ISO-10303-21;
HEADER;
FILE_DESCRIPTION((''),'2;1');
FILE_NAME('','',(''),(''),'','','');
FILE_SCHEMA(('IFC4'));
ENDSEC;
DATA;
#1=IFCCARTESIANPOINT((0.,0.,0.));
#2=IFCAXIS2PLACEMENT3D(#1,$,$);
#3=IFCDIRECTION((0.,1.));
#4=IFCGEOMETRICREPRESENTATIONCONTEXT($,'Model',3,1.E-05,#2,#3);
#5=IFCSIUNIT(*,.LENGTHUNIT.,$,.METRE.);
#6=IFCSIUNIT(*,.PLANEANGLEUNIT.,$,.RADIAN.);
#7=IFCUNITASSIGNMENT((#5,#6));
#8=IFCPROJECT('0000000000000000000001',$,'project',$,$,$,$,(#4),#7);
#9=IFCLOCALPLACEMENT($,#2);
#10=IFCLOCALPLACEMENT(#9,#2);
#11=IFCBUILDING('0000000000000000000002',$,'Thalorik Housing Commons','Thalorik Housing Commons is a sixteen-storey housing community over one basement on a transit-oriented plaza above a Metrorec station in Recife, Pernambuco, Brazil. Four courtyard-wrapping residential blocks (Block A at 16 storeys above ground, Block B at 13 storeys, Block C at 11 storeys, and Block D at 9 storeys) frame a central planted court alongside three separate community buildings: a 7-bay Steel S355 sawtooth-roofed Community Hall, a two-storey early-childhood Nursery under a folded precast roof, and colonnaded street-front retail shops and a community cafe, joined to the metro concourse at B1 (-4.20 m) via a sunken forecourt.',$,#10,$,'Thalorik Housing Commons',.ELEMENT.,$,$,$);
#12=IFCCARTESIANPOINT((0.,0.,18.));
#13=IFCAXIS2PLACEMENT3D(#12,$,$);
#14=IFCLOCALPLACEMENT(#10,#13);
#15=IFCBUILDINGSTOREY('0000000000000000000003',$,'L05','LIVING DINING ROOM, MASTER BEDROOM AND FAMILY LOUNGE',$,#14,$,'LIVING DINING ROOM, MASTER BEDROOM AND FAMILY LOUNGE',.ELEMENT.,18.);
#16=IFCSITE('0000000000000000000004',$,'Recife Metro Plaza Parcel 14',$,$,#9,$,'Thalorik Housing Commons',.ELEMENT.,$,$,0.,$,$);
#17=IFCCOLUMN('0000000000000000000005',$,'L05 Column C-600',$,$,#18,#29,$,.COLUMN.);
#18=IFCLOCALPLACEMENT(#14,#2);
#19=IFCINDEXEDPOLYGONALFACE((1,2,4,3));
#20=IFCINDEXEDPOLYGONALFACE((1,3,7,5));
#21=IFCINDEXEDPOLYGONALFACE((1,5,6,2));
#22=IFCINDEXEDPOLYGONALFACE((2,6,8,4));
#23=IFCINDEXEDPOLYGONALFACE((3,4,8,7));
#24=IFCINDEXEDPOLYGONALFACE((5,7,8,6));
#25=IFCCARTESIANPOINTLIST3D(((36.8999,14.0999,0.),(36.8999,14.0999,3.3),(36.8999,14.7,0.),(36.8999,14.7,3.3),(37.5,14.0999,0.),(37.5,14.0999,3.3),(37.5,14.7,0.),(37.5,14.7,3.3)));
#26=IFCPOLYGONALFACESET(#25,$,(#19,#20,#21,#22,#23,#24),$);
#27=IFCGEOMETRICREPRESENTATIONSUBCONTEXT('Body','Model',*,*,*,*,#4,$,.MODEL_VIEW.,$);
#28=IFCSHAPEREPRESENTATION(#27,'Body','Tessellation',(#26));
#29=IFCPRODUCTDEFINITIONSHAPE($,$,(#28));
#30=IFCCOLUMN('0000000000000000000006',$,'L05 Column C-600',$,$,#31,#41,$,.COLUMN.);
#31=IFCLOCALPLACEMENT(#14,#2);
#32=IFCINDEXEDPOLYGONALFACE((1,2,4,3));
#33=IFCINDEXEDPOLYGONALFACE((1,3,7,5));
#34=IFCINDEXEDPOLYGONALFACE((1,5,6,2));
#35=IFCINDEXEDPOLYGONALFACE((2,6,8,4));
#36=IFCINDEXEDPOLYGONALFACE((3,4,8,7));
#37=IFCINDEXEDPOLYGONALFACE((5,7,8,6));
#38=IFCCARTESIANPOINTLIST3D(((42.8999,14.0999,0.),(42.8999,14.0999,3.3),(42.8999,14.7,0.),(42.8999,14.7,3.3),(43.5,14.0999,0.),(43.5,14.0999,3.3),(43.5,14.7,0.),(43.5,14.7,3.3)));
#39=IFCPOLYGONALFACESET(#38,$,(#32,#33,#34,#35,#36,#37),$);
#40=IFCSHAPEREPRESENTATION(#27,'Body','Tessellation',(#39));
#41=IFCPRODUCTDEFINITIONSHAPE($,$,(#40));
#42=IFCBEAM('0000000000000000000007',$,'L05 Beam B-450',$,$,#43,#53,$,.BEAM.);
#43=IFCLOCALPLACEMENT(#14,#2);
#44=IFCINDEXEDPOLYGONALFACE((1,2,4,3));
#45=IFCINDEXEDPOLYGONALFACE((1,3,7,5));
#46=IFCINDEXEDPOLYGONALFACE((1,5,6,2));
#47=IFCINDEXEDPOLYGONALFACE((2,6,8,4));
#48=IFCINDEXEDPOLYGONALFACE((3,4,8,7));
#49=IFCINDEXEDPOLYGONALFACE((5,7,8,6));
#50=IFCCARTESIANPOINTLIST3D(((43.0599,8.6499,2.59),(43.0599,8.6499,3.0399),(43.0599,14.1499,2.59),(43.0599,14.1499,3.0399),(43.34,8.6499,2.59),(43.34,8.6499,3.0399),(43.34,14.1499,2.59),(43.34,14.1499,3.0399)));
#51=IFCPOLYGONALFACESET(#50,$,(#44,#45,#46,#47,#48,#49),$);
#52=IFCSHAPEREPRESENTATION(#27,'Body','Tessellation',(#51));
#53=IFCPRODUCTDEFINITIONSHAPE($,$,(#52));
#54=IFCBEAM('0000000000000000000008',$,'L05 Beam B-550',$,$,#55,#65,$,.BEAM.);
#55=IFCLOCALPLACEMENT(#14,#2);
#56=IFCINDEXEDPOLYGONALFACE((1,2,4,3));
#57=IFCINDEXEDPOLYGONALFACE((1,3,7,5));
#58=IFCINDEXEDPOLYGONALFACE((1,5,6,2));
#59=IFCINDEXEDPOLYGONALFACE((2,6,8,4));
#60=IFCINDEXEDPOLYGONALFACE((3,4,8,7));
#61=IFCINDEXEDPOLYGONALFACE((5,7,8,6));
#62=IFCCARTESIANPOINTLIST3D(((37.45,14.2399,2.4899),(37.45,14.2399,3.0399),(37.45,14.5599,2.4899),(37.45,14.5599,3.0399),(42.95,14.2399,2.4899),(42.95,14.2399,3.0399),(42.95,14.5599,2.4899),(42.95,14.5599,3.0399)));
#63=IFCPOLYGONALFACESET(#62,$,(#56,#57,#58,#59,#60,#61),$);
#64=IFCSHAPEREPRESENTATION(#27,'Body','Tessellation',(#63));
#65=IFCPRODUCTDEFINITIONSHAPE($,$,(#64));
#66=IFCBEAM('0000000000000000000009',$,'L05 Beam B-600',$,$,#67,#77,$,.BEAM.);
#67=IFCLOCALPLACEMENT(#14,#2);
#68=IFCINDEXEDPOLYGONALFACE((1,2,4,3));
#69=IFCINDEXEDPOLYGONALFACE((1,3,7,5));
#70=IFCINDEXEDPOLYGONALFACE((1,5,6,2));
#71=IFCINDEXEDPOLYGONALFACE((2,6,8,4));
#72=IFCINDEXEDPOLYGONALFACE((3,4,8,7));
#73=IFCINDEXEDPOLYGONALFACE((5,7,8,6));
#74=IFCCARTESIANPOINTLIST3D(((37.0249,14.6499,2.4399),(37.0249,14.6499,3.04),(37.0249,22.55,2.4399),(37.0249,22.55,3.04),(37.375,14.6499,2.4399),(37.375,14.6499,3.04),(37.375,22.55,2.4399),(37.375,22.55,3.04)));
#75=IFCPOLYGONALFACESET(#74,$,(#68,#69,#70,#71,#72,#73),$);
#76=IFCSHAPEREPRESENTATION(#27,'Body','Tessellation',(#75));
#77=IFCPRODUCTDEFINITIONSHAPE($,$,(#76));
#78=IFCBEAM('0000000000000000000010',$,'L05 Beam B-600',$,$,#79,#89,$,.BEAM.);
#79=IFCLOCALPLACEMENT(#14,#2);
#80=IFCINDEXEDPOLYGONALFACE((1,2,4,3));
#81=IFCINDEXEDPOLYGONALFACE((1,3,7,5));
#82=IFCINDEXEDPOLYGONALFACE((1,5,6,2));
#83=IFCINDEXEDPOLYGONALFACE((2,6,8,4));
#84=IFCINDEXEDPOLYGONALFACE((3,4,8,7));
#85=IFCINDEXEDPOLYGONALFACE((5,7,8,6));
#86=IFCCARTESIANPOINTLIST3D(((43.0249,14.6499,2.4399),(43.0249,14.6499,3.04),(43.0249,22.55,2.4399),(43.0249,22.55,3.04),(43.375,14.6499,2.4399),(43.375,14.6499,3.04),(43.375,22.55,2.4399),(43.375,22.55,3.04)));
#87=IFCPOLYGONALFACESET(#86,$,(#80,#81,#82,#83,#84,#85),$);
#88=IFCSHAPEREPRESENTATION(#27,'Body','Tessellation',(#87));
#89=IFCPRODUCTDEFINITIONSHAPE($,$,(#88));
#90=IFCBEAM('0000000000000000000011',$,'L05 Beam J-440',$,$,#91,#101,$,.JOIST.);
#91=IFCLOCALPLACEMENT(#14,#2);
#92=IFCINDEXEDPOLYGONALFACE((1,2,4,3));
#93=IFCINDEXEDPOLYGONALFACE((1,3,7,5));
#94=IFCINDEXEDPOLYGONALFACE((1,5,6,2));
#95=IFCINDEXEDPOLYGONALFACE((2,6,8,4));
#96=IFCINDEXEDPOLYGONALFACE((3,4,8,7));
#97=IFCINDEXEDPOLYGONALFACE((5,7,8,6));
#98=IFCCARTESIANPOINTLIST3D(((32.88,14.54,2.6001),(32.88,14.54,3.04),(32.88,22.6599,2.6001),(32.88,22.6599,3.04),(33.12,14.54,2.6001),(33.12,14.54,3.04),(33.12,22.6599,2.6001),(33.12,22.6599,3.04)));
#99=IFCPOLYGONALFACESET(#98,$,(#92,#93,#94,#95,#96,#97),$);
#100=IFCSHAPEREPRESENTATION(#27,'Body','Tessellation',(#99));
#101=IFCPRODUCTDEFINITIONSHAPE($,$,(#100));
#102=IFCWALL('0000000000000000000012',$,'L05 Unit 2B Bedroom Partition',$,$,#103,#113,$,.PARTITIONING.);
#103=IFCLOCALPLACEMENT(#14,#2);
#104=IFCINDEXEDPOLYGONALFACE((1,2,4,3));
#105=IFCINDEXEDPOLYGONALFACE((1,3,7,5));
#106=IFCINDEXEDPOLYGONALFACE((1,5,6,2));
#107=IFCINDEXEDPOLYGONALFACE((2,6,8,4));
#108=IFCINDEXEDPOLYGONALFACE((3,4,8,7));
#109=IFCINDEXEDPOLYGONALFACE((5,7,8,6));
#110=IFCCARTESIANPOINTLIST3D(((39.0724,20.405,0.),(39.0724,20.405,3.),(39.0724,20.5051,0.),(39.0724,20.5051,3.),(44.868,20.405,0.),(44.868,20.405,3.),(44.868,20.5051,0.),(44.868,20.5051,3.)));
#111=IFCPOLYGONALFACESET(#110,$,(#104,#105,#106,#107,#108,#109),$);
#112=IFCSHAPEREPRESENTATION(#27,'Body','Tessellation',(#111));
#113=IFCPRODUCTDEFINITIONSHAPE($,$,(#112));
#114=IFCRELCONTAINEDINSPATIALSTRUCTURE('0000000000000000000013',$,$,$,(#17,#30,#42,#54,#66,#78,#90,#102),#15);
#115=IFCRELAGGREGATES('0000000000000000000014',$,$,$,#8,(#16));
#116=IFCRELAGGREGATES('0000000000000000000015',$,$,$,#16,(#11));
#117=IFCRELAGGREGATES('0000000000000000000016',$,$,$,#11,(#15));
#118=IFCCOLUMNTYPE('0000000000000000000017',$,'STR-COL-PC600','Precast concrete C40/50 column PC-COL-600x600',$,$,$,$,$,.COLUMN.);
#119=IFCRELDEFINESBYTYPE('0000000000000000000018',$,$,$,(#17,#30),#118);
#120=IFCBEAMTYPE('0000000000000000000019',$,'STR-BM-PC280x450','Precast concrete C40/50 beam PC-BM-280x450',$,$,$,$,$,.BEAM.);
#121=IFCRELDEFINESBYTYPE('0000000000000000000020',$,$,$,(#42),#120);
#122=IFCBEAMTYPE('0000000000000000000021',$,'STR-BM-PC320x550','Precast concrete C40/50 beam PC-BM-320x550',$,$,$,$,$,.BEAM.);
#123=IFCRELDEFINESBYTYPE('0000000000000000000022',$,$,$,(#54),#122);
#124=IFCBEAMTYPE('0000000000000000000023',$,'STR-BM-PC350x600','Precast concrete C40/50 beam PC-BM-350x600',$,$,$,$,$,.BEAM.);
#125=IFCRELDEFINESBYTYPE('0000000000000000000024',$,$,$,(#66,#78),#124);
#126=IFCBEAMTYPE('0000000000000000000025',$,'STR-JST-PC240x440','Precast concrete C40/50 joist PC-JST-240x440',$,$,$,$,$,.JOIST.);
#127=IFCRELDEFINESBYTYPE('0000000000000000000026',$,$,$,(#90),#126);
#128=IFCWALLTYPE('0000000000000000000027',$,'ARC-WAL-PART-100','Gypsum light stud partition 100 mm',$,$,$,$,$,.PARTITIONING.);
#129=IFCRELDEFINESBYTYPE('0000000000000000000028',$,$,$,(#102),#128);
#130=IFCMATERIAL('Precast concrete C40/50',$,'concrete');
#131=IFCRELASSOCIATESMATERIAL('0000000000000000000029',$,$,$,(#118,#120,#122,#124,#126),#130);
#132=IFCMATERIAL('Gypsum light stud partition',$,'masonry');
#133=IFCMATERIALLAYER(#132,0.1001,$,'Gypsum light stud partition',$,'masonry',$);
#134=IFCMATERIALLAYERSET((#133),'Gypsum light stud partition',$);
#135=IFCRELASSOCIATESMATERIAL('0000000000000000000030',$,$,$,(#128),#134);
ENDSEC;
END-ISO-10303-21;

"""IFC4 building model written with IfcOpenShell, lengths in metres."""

from ifc_helpers import new_model, si_unit, direction, frame, frame_2d, origin, origin_2d, place, context, subcontext, project, spatial, rectangle, extrude, material, layer, layer_set, material_profile, profile_set, type_object, element, save


model = new_model("IFC4")

# Units and contexts
model_context = context("Model", 3, precision=1e-05, world=origin(), true_north=direction((0.0, 1.0)))
body_context = subcontext(model_context, "Body", "Model", "MODEL_VIEW")
ifc_project = project(units=[si_unit("LENGTHUNIT", "METRE"), si_unit("PLANEANGLEUNIT", "RADIAN")], contexts=[model_context])

# Site, building, storey
site_placement = place(None, origin())
site = spatial("IfcSite", under=ifc_project, at=site_placement, Name="Recife Metro Plaza Parcel 14", LongName="Thalorik Housing Commons", CompositionType="ELEMENT", RefElevation=0.0)
building_placement = place(site_placement, origin())
building = spatial("IfcBuilding", under=site, at=building_placement, Name="Thalorik Housing Commons", Description="Thalorik Housing Commons is a sixteen-storey housing community over one basement on a transit-oriented plaza above a Metrorec station in Recife, Pernambuco, Brazil. Four courtyard-wrapping residential blocks (Block A at 16 storeys above ground, Block B at 13 storeys, Block C at 11 storeys, and Block D at 9 storeys) frame a central planted court alongside three separate community buildings: a 7-bay Steel S355 sawtooth-roofed Community Hall, a two-storey early-childhood Nursery under a folded precast roof, and colonnaded street-front retail shops and a community cafe, joined to the metro concourse at B1 (-4.20 m) via a sunken forecourt.", LongName="Thalorik Housing Commons", CompositionType="ELEMENT")
storey_placement = place(building_placement, frame((0.0, 0.0, 18.0)))
storey = spatial("IfcBuildingStorey", under=building, at=storey_placement, Name="L05", Description="LIVING DINING ROOM, MASTER BEDROOM AND FAMILY LOUNGE", LongName="LIVING DINING ROOM, MASTER BEDROOM AND FAMILY LOUNGE", CompositionType="ELEMENT", Elevation=18.0)

# Columns
ifc_material_1 = material(Name="Precast concrete C40/50", Category="concrete")
ifc_material_profile_1 = material_profile(ifc_material_1, rectangle(XDim=0.6001, YDim=0.6001, at=origin_2d()), Name="PC 600x600", Category="concrete")
ifc_profile_set_1 = profile_set([ifc_material_profile_1], Name="Precast concrete C40/50")
column_type = type_object("IfcColumnType", Name="STR-COL-PC600", Description="Precast concrete C40/50 column PC-COL-600x600", PredefinedType="COLUMN", material=ifc_profile_set_1)
for number, where, z_axis, x_axis, name in (
    (1, (37.2, 14.3999, 0.0), (0.0, 0.0, 1.0), (1.0, 0.0, 0.0), "L05 Column C-600"),
    (2, (43.2, 14.3999, 0.0), (0.0, 0.0, 1.0), (1.0, 0.0, 0.0), "L05 Column C-600"),
):
    element("IfcColumn", number, at=place(storey_placement, frame(where, z_axis=z_axis, x_axis=x_axis)), inside=storey, type_object=column_type, Name=name, PredefinedType="COLUMN", context=body_context, shape_type="SweptSolid", body=[
        extrude(rectangle(XDim=0.6001, YDim=0.6001, at=origin_2d()), origin(), (0.0, 0.0, 1.0), 3.3),
    ])

# Beams
ifc_material_profile_2 = material_profile(ifc_material_1, rectangle(XDim=0.28, YDim=0.45, at=origin_2d()), Name="PC 280x450", Category="concrete")
ifc_profile_set_2 = profile_set([ifc_material_profile_2], Name="Precast concrete C40/50")
beam_type_1 = type_object("IfcBeamType", Name="STR-BM-PC280x450", Description="Precast concrete C40/50 beam PC-BM-280x450", PredefinedType="BEAM", material=ifc_profile_set_2)
beam_1_placement = place(storey_placement, frame((43.2, 8.6499, 2.8149), z_axis=(0.0, 1.0, 0.0), x_axis=(-1.0, 0.0, 0.0)))
element("IfcBeam", 3, at=beam_1_placement, inside=storey, type_object=beam_type_1, Name="L05 Beam B-450", PredefinedType="BEAM", context=body_context, shape_type="SweptSolid", body=[
    extrude(rectangle(XDim=0.28, YDim=0.45, at=origin_2d()), origin(), (0.0, 0.0, 1.0), 5.5),
])
ifc_material_profile_3 = material_profile(ifc_material_1, rectangle(XDim=0.3201, YDim=0.55, at=origin_2d()), Name="PC 320x550", Category="concrete")
ifc_profile_set_3 = profile_set([ifc_material_profile_3], Name="Precast concrete C40/50")
beam_type_2 = type_object("IfcBeamType", Name="STR-BM-PC320x550", Description="Precast concrete C40/50 beam PC-BM-320x550", PredefinedType="BEAM", material=ifc_profile_set_3)
beam_2_placement = place(storey_placement, frame((37.45, 14.3999, 2.7649), z_axis=(1.0, 0.0, 0.0), x_axis=(0.0, 1.0, 0.0)))
element("IfcBeam", 4, at=beam_2_placement, inside=storey, type_object=beam_type_2, Name="L05 Beam B-550", PredefinedType="BEAM", context=body_context, shape_type="SweptSolid", body=[
    extrude(rectangle(XDim=0.3201, YDim=0.55, at=origin_2d()), origin(), (0.0, 0.0, 1.0), 5.5),
])
ifc_material_profile_4 = material_profile(ifc_material_1, rectangle(XDim=0.3501, YDim=0.6001, at=origin_2d()), Name="PC 350x600", Category="concrete")
ifc_profile_set_4 = profile_set([ifc_material_profile_4], Name="Precast concrete C40/50")
beam_type_3 = type_object("IfcBeamType", Name="STR-BM-PC350x600", Description="Precast concrete C40/50 beam PC-BM-350x600", PredefinedType="BEAM", material=ifc_profile_set_4)
for number, where, z_axis, x_axis, name in (
    (5, (37.2, 14.6499, 2.74), (0.0, 1.0, 0.0), (-1.0, 0.0, 0.0), "L05 Beam B-600"),
    (6, (43.2, 14.6499, 2.74), (0.0, 1.0, 0.0), (-1.0, 0.0, 0.0), "L05 Beam B-600"),
):
    element("IfcBeam", number, at=place(storey_placement, frame(where, z_axis=z_axis, x_axis=x_axis)), inside=storey, type_object=beam_type_3, Name=name, PredefinedType="BEAM", context=body_context, shape_type="SweptSolid", body=[
        extrude(rectangle(XDim=0.3501, YDim=0.6001, at=origin_2d()), origin(), (0.0, 0.0, 1.0), 7.9001),
    ])
ifc_material_profile_5 = material_profile(ifc_material_1, rectangle(XDim=0.24, YDim=0.4399, at=origin_2d()), Name="PC JST 240x440", Category="concrete")
ifc_profile_set_5 = profile_set([ifc_material_profile_5], Name="Precast concrete C40/50")
beam_type_4 = type_object("IfcBeamType", Name="STR-JST-PC240x440", Description="Precast concrete C40/50 joist PC-JST-240x440", PredefinedType="JOIST", material=ifc_profile_set_5)
beam_3_placement = place(storey_placement, frame((33.0, 14.54, 2.8201), z_axis=(0.0, 1.0, 0.0), x_axis=(-1.0, 0.0, 0.0)))
element("IfcBeam", 7, at=beam_3_placement, inside=storey, type_object=beam_type_4, Name="L05 Beam J-440", PredefinedType="JOIST", context=body_context, shape_type="SweptSolid", body=[
    extrude(rectangle(XDim=0.24, YDim=0.4399, at=origin_2d()), origin(), (0.0, 0.0, 1.0), 8.1199),
])

# Wall
ifc_material_2 = material(Name="Gypsum light stud partition", Category="masonry")
ifc_layer_1 = layer(ifc_material_2, 0.1001, Name="Gypsum light stud partition", Category="masonry")
ifc_layer_set_1 = layer_set([ifc_layer_1], Name="Gypsum light stud partition")
wall_type_1 = type_object("IfcWallType", Name="ARC-WAL-PART-100", Description="Gypsum light stud partition 100 mm", PredefinedType="PARTITIONING", material=ifc_layer_set_1)
wall_1_placement = place(storey_placement, frame((39.0723, 20.4551, 0.0), z_axis=(0.0, 0.0, 1.0), x_axis=(1.0, 0.0, 0.0)))
element("IfcWall", 8, at=wall_1_placement, inside=storey, type_object=wall_type_1, Name="L05 Unit 2B Bedroom Partition", PredefinedType="PARTITIONING", context=body_context, shape_type="SweptSolid", body=[
    extrude(rectangle(XDim=5.7957, YDim=0.1001, at=frame_2d((2.8979, 0.0))), origin(), (0.0, 0.0, 1.0), 3.0),
])

save(model, "model.ifc")
